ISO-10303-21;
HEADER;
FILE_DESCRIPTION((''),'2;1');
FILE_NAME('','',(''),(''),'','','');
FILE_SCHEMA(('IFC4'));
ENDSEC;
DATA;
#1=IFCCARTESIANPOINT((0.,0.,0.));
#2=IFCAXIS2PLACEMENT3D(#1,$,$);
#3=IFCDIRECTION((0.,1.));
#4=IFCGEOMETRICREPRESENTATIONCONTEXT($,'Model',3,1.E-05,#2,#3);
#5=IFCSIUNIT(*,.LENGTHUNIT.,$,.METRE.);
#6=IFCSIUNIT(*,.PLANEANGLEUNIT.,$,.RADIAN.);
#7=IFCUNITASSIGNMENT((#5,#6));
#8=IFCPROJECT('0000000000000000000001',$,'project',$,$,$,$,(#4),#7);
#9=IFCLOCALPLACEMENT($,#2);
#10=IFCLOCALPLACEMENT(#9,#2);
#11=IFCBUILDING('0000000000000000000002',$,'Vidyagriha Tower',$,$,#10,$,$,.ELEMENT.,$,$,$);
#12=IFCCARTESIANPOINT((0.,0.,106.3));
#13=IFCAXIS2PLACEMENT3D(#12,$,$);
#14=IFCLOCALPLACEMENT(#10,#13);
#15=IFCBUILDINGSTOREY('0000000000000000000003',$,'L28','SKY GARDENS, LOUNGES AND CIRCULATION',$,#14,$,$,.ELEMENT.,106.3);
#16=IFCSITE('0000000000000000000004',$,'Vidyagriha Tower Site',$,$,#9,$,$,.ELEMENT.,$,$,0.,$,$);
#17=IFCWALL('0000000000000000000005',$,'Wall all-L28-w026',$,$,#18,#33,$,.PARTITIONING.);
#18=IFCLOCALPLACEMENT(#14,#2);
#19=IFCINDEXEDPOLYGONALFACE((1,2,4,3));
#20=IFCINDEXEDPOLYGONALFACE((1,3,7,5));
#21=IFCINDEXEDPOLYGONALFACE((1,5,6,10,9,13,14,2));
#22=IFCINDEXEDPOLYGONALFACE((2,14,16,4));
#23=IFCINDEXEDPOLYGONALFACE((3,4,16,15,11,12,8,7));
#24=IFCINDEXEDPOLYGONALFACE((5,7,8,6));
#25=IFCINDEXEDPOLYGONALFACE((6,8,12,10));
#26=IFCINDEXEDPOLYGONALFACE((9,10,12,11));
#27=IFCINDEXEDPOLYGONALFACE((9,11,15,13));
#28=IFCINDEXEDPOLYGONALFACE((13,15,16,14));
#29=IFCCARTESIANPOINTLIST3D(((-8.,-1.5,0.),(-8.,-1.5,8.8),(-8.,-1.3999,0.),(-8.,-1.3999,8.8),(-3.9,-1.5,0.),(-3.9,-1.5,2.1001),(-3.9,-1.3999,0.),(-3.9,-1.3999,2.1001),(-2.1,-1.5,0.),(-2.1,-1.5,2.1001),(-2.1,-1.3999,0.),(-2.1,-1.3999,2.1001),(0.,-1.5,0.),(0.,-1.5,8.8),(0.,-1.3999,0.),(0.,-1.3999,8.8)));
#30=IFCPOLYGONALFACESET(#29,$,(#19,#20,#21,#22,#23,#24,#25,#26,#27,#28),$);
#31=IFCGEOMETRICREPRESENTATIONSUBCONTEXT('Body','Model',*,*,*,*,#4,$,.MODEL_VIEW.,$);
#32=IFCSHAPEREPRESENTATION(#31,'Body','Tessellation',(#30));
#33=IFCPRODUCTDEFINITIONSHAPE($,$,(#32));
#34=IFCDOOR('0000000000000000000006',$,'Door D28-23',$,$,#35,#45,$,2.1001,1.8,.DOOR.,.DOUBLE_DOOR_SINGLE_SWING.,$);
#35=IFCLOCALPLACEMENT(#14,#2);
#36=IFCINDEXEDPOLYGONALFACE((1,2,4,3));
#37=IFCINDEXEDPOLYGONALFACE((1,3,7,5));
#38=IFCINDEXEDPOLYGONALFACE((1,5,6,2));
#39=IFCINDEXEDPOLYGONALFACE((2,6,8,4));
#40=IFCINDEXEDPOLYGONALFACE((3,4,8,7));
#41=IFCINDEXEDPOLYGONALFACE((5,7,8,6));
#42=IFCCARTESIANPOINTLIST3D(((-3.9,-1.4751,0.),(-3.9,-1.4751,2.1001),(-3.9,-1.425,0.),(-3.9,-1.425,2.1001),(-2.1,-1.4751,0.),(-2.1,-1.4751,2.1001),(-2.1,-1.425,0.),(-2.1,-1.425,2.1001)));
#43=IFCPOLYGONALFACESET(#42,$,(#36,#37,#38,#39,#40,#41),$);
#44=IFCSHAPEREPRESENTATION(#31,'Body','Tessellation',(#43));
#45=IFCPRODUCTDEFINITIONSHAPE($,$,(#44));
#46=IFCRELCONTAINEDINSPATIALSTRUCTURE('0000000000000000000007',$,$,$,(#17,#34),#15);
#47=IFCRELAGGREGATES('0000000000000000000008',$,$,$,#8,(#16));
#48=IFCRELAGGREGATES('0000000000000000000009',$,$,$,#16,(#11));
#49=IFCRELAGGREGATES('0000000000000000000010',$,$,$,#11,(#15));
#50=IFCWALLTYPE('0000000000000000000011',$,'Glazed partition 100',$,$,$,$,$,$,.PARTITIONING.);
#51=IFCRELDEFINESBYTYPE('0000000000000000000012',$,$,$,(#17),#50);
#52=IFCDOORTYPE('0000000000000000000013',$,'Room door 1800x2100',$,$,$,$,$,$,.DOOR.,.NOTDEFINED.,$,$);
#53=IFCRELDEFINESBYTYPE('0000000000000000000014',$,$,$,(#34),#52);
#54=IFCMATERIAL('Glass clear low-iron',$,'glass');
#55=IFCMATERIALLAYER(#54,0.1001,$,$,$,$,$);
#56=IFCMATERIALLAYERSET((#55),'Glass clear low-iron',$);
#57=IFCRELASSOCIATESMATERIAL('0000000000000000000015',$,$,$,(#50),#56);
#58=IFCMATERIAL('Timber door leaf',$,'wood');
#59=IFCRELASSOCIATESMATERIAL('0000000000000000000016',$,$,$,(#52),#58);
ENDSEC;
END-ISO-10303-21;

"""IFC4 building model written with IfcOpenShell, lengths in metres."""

from ifc_helpers import new_model, si_unit, direction, frame, frame_2d, origin, place, context, subcontext, project, spatial, rectangle, extrude, material, layer, layer_set, type_object, element, fill, save


model = new_model("IFC4")

# Units and contexts
model_context = context("Model", 3, precision=1e-05, world=origin(), true_north=direction((0.0, 1.0)))
body_context = subcontext(model_context, "Body", "Model", "MODEL_VIEW")
ifc_project = project(units=[si_unit("LENGTHUNIT", "METRE"), si_unit("PLANEANGLEUNIT", "RADIAN")], contexts=[model_context])

# Site, building, storey
site_placement = place(None, origin())
site = spatial("IfcSite", under=ifc_project, at=site_placement, Name="Vidyagriha Tower Site", CompositionType="ELEMENT", RefElevation=0.0)
building_placement = place(site_placement, origin())
building = spatial("IfcBuilding", under=site, at=building_placement, Name="Vidyagriha Tower", CompositionType="ELEMENT")
storey_placement = place(building_placement, frame((0.0, 0.0, 106.3)))
storey = spatial("IfcBuildingStorey", under=building, at=storey_placement, Name="L28", Description="SKY GARDENS, LOUNGES AND CIRCULATION", CompositionType="ELEMENT", Elevation=106.3)

# Wall, opening, door
ifc_material_1 = material(Name="Glass clear low-iron", Category="glass")
ifc_layer_1 = layer(ifc_material_1, 0.1001)
ifc_layer_set_1 = layer_set([ifc_layer_1], Name="Glass clear low-iron")
wall_type_1 = type_object("IfcWallType", Name="Glazed partition 100", PredefinedType="PARTITIONING", material=ifc_layer_set_1)
wall_1_placement = place(storey_placement, frame((-8.0, -1.45, 0.0)))
wall_1 = element("IfcWall", 1, at=wall_1_placement, inside=storey, type_object=wall_type_1, Name="Wall all-L28-w026", PredefinedType="PARTITIONING", context=body_context, shape_type="SweptSolid", body=[
    extrude(rectangle(XDim=8.0, YDim=0.1001, at=frame_2d((4.0, 0.0))), origin(), (0.0, 0.0, 1.0), 8.8),
])
opening_1_placement = place(wall_1_placement, frame((4.1001, 0.0, 0.0)))
opening_1 = element("IfcOpeningElement", 2, at=opening_1_placement, cuts=wall_1, PredefinedType="OPENING", context=body_context, shape_type="SweptSolid", body=[
    extrude(rectangle(XDim=1.8, YDim=2.1001, at=frame_2d((0.8999, 1.05))), frame((0.0, 0.0601, 0.0), z_axis=(0.0, -1.0, 0.0), x_axis=(1.0, 0.0, 0.0)), (0.0, 0.0, 1.0), 0.1201),
])
ifc_material_2 = material(Name="Timber door leaf", Category="wood")
door_type_1 = type_object("IfcDoorType", Name="Room door 1800x2100", OperationType="NOTDEFINED", PredefinedType="DOOR", material=ifc_material_2)
door_1_placement = place(opening_1_placement, origin())
door_1 = element("IfcDoor", 3, at=door_1_placement, inside=storey, type_object=door_type_1, Name="Door D28-23", OperationType="DOUBLE_DOOR_SINGLE_SWING", OverallHeight=2.1001, OverallWidth=1.8, PredefinedType="DOOR", context=body_context, shape_type="SweptSolid", body=[
    extrude(rectangle(XDim=1.8, YDim=2.1001, at=frame_2d((0.8999, 1.05))), frame((0.0, 0.0249, 0.0), z_axis=(0.0, -1.0, 0.0), x_axis=(1.0, 0.0, 0.0)), (0.0, 0.0, 1.0), 0.05),
])
fill(opening_1, door_1)

save(model, "model.ifc")
